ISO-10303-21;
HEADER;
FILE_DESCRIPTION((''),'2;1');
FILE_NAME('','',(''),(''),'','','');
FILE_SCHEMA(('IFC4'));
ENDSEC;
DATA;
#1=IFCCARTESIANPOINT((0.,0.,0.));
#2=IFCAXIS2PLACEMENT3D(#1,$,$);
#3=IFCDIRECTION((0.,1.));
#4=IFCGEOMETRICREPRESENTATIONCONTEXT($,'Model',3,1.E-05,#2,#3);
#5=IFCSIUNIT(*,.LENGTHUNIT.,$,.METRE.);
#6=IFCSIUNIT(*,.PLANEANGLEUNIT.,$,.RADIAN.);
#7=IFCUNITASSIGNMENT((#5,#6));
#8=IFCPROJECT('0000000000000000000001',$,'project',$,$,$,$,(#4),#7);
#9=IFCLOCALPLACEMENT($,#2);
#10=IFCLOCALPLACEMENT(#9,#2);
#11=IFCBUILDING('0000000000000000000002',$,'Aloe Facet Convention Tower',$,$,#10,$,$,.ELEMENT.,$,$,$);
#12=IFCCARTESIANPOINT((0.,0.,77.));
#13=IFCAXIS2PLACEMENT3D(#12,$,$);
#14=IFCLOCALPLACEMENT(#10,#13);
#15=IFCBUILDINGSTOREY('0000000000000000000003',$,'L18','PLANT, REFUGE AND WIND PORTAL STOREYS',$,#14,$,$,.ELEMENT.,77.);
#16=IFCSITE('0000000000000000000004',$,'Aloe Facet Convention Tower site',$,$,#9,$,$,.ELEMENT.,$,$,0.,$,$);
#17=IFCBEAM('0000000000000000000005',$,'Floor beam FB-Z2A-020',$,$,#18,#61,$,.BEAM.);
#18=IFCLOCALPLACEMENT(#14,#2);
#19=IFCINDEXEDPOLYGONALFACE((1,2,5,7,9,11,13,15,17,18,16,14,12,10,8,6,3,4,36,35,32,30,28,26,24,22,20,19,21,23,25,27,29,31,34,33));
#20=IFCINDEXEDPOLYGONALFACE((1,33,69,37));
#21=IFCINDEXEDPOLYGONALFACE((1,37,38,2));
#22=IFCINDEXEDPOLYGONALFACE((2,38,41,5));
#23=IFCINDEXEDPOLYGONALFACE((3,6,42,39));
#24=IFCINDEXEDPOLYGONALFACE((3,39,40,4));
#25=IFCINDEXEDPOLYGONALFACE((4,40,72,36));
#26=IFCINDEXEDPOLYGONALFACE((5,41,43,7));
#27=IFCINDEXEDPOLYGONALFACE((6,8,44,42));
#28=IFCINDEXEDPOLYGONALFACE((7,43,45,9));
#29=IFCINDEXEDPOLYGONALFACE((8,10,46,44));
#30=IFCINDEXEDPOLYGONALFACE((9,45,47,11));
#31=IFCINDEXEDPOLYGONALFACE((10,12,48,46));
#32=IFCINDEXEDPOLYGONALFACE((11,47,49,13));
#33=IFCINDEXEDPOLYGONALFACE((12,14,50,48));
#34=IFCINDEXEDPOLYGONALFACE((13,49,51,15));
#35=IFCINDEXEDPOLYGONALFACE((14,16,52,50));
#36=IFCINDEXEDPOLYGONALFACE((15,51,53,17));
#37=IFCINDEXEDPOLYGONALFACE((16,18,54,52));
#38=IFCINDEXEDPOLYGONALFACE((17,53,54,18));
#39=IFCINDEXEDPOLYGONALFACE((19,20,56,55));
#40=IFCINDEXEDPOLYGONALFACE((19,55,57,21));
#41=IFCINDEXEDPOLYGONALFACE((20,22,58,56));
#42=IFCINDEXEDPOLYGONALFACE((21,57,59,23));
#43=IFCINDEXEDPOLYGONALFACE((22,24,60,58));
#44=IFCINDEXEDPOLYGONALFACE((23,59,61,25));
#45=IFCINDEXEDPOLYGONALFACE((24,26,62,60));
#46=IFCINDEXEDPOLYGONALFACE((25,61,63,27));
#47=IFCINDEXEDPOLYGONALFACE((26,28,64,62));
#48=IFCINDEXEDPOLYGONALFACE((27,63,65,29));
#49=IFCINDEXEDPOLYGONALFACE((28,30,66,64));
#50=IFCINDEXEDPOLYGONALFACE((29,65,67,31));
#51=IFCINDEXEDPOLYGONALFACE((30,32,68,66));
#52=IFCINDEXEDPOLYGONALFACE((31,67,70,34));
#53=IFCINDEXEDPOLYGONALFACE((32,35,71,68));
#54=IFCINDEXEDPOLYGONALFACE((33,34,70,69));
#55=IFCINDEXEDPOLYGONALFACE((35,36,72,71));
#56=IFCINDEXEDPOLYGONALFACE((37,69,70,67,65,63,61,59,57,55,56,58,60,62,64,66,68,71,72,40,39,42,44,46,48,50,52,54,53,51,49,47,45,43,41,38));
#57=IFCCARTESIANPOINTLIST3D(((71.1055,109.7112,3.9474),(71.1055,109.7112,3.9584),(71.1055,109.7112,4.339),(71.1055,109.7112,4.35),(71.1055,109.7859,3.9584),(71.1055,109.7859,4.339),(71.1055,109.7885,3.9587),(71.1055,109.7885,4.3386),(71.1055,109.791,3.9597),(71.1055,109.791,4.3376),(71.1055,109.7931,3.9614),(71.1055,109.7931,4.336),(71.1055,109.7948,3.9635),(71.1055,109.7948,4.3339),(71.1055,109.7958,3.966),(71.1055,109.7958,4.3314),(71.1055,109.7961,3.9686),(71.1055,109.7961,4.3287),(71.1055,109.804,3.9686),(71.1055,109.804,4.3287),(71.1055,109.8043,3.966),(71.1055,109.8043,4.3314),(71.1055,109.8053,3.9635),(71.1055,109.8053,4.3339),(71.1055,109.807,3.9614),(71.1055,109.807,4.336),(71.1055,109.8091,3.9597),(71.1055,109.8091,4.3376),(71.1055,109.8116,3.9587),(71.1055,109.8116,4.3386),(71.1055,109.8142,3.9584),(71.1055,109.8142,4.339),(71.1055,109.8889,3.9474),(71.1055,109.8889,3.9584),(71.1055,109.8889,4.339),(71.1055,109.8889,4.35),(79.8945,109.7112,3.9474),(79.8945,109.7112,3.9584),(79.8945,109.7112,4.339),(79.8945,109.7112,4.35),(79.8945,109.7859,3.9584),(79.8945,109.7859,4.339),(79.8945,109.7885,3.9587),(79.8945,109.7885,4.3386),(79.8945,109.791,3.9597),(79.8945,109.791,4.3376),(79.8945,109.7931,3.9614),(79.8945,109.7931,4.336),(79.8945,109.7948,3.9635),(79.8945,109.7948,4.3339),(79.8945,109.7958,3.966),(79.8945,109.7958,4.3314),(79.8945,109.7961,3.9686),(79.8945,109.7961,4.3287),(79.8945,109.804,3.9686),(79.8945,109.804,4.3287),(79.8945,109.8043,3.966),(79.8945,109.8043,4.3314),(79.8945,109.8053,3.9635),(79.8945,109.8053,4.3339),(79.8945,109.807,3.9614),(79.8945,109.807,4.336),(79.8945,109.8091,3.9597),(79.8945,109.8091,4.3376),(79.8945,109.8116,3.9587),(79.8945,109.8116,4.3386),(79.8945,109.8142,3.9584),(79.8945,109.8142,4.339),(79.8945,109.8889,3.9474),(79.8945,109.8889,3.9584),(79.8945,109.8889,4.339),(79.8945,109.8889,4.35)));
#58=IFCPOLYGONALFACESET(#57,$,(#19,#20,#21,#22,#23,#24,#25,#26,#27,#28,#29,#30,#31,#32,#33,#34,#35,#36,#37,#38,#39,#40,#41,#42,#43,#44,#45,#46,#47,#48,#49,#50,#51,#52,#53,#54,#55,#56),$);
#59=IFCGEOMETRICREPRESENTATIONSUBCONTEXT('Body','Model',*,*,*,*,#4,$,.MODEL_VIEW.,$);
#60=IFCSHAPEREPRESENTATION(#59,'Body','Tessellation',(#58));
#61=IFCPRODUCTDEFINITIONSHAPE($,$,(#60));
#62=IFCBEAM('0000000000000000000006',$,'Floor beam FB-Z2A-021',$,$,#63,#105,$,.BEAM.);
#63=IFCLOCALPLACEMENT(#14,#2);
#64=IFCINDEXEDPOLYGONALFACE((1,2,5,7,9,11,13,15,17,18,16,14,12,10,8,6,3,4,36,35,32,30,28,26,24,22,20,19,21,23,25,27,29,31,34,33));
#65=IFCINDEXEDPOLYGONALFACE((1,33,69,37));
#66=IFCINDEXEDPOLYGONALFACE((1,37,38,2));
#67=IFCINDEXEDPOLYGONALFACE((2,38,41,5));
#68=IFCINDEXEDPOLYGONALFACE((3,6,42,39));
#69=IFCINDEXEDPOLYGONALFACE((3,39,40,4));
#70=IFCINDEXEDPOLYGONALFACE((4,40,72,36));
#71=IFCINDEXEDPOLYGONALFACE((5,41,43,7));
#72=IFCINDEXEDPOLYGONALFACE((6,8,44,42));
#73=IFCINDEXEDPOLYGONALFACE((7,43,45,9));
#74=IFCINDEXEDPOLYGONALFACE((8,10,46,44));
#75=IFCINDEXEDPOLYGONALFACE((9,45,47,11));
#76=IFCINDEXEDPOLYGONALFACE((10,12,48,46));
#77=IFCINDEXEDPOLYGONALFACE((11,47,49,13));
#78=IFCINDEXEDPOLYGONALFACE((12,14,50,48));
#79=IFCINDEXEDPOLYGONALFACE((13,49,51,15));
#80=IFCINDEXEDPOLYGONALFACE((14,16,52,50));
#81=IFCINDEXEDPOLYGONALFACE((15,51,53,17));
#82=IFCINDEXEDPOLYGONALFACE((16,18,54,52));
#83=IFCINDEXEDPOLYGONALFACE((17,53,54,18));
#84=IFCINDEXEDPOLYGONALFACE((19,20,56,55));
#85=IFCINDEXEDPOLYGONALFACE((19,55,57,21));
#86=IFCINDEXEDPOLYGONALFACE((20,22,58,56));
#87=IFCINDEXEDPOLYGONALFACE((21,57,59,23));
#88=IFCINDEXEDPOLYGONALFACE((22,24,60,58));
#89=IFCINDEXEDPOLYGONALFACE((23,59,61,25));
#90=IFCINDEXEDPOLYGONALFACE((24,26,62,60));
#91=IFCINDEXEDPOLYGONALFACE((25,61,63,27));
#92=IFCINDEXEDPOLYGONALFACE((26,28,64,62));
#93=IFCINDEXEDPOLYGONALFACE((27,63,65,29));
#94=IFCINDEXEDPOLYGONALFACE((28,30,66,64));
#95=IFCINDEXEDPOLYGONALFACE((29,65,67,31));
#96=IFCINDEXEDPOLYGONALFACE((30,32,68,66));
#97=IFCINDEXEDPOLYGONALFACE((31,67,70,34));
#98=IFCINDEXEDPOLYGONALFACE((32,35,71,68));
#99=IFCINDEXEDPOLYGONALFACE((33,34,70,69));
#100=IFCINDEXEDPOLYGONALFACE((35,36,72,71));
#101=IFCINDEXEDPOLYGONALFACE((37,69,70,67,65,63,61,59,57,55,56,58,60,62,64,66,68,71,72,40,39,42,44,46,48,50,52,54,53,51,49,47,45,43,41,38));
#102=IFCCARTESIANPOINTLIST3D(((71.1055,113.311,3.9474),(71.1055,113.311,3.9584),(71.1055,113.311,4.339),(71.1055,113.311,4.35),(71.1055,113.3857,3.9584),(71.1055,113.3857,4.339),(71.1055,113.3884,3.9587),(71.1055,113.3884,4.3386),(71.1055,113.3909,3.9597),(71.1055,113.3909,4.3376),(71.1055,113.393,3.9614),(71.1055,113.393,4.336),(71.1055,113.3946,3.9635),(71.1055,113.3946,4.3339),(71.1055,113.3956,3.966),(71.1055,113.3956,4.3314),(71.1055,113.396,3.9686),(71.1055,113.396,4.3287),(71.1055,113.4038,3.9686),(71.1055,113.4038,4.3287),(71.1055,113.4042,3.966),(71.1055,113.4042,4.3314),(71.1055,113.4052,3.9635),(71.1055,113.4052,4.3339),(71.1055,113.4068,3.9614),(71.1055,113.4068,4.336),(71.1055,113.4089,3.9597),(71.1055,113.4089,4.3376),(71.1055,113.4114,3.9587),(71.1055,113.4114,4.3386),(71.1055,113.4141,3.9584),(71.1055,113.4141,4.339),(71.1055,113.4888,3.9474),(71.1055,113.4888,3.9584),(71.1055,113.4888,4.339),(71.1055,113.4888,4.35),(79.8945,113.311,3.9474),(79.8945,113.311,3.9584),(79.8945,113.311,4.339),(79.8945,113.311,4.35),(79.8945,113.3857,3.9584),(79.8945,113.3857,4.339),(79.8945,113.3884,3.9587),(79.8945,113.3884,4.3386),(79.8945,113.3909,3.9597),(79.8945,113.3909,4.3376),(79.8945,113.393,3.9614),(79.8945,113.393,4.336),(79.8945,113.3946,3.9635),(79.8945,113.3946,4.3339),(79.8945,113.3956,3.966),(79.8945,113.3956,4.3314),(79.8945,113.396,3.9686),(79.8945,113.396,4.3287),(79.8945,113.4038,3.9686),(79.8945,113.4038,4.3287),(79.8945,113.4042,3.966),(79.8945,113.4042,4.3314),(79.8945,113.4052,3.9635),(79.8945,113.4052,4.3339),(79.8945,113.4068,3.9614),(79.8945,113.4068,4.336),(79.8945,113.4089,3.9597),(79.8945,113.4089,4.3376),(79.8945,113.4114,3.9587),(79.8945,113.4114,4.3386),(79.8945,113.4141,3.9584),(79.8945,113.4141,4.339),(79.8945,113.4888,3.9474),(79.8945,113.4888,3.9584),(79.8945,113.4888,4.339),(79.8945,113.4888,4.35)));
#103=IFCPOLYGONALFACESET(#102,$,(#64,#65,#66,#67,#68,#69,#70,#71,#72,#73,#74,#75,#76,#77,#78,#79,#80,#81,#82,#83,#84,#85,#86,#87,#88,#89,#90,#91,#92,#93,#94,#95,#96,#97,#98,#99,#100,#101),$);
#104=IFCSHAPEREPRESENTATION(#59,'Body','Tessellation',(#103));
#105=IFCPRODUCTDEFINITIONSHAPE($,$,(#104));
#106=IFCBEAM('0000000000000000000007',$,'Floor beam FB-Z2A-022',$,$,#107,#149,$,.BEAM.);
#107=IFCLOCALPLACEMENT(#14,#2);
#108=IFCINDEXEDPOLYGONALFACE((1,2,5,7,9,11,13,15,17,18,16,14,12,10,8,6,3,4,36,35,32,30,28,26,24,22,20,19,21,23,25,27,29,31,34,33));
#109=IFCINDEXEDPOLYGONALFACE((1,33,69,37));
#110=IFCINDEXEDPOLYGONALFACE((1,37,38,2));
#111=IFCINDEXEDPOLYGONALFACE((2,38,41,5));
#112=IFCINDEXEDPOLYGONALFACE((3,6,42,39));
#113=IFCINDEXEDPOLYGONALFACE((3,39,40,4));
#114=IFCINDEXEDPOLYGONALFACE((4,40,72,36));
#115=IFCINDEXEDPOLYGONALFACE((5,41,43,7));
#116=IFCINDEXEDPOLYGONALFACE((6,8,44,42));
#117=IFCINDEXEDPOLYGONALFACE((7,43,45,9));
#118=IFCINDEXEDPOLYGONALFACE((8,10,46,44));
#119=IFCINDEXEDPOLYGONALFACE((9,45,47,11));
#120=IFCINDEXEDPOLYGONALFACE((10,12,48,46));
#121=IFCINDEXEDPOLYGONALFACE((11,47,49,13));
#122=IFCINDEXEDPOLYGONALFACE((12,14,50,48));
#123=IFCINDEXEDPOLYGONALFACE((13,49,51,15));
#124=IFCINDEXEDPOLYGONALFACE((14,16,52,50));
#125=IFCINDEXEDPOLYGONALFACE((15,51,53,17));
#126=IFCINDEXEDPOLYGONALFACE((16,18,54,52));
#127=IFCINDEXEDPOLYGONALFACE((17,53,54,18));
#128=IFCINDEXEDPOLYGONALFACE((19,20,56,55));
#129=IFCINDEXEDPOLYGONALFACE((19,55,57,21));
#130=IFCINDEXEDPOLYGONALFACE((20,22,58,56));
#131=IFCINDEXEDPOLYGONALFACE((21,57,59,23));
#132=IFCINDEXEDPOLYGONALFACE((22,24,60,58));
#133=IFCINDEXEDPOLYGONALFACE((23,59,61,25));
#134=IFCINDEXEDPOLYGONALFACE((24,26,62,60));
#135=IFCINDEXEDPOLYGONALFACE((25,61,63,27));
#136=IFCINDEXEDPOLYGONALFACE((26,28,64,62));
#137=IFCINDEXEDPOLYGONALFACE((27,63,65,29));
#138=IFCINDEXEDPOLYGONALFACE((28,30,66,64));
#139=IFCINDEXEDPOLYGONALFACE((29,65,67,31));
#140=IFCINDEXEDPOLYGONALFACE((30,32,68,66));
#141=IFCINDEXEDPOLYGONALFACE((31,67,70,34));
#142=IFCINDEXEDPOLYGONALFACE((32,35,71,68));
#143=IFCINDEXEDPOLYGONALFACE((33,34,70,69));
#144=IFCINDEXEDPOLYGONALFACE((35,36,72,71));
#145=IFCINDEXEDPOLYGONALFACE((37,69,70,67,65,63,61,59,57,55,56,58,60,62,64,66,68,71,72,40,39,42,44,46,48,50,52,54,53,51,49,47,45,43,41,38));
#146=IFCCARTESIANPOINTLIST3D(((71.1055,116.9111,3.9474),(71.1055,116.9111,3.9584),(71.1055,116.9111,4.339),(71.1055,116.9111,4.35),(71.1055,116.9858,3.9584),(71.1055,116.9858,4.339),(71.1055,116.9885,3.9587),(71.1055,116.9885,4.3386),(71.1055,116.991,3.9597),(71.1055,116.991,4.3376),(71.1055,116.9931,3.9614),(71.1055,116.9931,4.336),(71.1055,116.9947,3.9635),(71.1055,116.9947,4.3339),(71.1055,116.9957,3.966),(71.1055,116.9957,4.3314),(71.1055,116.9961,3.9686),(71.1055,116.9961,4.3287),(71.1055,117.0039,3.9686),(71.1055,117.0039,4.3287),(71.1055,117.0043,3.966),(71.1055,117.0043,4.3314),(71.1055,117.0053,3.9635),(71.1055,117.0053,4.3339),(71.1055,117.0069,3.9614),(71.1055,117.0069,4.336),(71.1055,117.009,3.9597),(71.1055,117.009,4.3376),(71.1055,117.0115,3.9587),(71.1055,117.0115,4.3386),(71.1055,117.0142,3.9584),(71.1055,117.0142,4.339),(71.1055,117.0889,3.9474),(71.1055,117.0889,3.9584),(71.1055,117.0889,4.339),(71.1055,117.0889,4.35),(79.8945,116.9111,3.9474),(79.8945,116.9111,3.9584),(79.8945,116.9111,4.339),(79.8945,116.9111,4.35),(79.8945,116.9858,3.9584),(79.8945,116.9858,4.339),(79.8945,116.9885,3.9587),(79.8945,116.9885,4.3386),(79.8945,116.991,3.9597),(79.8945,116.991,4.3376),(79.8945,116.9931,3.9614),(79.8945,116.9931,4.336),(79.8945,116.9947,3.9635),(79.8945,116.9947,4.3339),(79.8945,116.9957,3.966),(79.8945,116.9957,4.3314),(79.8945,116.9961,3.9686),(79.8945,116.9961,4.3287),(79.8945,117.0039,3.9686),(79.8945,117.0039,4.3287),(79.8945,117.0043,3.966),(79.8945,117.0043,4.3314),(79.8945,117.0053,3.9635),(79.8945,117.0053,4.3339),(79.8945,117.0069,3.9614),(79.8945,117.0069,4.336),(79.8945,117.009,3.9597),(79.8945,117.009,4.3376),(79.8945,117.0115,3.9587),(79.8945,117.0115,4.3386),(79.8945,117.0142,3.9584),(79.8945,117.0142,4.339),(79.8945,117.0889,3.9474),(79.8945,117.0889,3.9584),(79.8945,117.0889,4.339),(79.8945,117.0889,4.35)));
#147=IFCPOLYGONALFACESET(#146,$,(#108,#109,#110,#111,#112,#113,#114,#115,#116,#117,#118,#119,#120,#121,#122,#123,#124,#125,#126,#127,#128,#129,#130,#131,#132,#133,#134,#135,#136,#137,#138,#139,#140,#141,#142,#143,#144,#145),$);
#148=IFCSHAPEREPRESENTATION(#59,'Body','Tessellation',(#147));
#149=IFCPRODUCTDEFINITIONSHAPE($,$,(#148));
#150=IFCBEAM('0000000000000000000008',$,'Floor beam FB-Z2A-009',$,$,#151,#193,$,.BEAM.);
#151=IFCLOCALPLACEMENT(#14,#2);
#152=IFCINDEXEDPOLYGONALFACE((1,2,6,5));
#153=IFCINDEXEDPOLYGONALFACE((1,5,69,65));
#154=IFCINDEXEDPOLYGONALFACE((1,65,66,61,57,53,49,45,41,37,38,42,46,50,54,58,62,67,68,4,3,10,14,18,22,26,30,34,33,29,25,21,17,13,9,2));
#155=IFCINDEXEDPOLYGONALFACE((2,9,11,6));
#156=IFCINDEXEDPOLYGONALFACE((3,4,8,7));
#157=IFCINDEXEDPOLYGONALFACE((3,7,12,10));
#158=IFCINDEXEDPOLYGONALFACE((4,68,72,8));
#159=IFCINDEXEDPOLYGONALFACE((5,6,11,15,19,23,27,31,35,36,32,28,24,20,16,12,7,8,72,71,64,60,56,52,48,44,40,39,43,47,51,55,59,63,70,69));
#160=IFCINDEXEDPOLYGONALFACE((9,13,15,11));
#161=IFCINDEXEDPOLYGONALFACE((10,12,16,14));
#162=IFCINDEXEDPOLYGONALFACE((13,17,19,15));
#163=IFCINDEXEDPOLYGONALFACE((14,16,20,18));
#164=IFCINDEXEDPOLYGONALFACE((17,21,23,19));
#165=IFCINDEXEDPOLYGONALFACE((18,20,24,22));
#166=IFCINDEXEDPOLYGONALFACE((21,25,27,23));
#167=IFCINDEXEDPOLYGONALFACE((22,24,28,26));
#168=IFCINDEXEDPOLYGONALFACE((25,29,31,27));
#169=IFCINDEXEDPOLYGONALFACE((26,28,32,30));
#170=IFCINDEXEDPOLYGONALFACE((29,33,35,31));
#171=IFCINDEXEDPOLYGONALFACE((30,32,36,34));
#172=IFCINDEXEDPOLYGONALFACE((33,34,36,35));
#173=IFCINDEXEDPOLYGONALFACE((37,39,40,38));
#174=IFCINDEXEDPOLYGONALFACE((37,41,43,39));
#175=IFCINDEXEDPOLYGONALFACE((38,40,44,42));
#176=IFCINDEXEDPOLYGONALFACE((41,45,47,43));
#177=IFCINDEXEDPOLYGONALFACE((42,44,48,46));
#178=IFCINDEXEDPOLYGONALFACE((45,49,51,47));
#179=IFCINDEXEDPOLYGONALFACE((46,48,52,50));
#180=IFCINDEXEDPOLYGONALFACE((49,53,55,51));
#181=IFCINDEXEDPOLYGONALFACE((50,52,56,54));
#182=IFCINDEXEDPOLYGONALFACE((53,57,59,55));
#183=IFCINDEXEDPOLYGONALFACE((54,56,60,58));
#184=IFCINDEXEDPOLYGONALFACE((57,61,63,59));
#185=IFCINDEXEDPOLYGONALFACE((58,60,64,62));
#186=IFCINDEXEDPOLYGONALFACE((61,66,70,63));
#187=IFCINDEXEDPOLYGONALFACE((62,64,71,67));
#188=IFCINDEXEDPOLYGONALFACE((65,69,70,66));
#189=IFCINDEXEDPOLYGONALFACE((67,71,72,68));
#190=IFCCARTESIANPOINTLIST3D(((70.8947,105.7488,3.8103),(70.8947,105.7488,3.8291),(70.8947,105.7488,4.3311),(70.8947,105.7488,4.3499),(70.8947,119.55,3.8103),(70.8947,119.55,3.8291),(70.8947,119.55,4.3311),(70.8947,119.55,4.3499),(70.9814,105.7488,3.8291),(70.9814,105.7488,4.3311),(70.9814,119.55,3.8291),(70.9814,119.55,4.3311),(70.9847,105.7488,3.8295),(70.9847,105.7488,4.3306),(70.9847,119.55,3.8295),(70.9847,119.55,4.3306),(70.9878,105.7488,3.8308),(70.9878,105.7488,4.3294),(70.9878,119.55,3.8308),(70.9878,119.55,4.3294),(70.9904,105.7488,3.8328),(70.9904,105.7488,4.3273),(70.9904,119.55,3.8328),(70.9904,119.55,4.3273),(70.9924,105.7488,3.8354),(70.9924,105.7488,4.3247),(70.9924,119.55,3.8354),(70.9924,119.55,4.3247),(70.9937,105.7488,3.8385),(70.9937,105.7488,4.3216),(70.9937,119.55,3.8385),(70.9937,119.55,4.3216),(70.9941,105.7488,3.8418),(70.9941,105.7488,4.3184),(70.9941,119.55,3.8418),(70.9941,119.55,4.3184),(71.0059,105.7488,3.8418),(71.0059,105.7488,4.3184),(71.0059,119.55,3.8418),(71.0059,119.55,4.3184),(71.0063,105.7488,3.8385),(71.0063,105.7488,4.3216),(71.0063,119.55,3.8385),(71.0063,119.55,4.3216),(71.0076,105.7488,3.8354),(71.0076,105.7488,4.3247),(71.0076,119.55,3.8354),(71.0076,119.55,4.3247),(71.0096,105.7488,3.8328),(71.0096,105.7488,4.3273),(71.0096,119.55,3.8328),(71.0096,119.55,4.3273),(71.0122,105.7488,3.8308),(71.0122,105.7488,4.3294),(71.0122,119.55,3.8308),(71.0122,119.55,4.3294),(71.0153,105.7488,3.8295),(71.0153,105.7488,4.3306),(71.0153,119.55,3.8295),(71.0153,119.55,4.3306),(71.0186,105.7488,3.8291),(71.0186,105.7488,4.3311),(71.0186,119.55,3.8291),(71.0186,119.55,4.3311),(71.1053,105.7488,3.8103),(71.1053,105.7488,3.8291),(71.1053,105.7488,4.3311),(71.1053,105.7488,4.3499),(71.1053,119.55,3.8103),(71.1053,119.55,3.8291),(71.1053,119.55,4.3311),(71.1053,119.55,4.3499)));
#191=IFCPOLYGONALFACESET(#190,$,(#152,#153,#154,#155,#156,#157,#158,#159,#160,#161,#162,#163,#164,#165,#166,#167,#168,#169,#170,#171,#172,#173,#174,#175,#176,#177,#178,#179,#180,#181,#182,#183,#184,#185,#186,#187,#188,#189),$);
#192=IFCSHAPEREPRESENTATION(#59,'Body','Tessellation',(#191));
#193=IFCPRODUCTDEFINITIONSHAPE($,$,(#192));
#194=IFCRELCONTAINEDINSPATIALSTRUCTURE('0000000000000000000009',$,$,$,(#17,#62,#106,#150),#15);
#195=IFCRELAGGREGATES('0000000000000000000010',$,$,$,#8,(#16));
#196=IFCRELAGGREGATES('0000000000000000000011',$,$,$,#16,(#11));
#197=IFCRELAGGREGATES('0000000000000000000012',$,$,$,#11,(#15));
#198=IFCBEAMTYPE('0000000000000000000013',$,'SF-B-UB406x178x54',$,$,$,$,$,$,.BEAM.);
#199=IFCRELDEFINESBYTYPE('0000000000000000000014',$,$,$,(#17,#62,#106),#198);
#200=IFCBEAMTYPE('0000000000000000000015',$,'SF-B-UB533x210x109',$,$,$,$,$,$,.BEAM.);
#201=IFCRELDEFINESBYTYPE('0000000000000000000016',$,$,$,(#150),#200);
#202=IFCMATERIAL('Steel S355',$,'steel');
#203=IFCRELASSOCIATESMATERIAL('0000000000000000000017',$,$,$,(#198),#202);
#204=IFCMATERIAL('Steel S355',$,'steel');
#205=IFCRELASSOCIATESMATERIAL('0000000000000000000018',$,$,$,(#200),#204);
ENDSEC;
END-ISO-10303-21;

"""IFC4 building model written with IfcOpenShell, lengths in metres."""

from ifc_helpers import new_model, si_unit, direction, frame, origin, origin_2d, place, context, subcontext, project, spatial, i_section, extrude, material, material_profile, profile_set, type_object, element, save


model = new_model("IFC4")

# Units and contexts
model_context = context("Model", 3, precision=1e-05, world=origin(), true_north=direction((0.0, 1.0)))
body_context = subcontext(model_context, "Body", "Model", "MODEL_VIEW")
ifc_project = project(units=[si_unit("LENGTHUNIT", "METRE"), si_unit("PLANEANGLEUNIT", "RADIAN")], contexts=[model_context])

# Site, building, storey
site_placement = place(None, origin())
site = spatial("IfcSite", under=ifc_project, at=site_placement, Name="Aloe Facet Convention Tower site", CompositionType="ELEMENT", RefElevation=0.0)
building_placement = place(site_placement, origin())
building = spatial("IfcBuilding", under=site, at=building_placement, Name="Aloe Facet Convention Tower", CompositionType="ELEMENT")
storey_placement = place(building_placement, frame((0.0, 0.0, 77.0)))
storey = spatial("IfcBuildingStorey", under=building, at=storey_placement, Name="L18", Description="PLANT, REFUGE AND WIND PORTAL STOREYS", CompositionType="ELEMENT", Elevation=77.0)

# Beams
ifc_material_1 = material(Name="Steel S355", Category="steel")
ifc_material_profile_1 = material_profile(ifc_material_1, i_section(OverallWidth=0.1777, OverallDepth=0.4026, WebThickness=0.0078, FlangeThickness=0.011, FilletRadius=0.0103, at=origin_2d()), Name="UB 406x178x54")
ifc_profile_set_1 = profile_set([ifc_material_profile_1], Name="Steel S355")
beam_type_1 = type_object("IfcBeamType", Name="SF-B-UB406x178x54", PredefinedType="BEAM", material=ifc_profile_set_1)
for number, where, z_axis, x_axis, name in (
    (1, (71.1055, 109.8, 4.1487), (1.0, 0.0, 0.0), (0.0, 1.0, 0.0), "Floor beam FB-Z2A-020"),
    (2, (71.1055, 113.3999, 4.1487), (1.0, 0.0, 0.0), (0.0, 1.0, 0.0), "Floor beam FB-Z2A-021"),
    (3, (71.1055, 117.0, 4.1487), (1.0, 0.0, 0.0), (0.0, 1.0, 0.0), "Floor beam FB-Z2A-022"),
):
    element("IfcBeam", number, at=place(storey_placement, frame(where, z_axis=z_axis, x_axis=x_axis)), inside=storey, type_object=beam_type_1, Name=name, PredefinedType="BEAM", context=body_context, shape_type="SweptSolid", body=[
        extrude(i_section(OverallWidth=0.1777, OverallDepth=0.4026, WebThickness=0.0078, FlangeThickness=0.011, FilletRadius=0.0103, at=origin_2d()), origin(), (0.0, 0.0, 1.0), 8.7891),
    ])
ifc_material_2 = material(Name="Steel S355", Category="steel")
ifc_material_profile_2 = material_profile(ifc_material_2, i_section(OverallWidth=0.2107, OverallDepth=0.5396, WebThickness=0.0117, FlangeThickness=0.0188, FilletRadius=0.0127, at=origin_2d()), Name="UB 533x210x109")
ifc_profile_set_2 = profile_set([ifc_material_profile_2], Name="Steel S355")
beam_type_2 = type_object("IfcBeamType", Name="SF-B-UB533x210x109", PredefinedType="BEAM", material=ifc_profile_set_2)
beam_1_placement = place(storey_placement, frame((71.0, 119.55, 4.0801), z_axis=(0.0, -1.0, 0.0), x_axis=(1.0, 0.0, 0.0)))
element("IfcBeam", 4, at=beam_1_placement, inside=storey, type_object=beam_type_2, Name="Floor beam FB-Z2A-009", PredefinedType="BEAM", context=body_context, shape_type="SweptSolid", body=[
    extrude(i_section(OverallWidth=0.2107, OverallDepth=0.5396, WebThickness=0.0117, FlangeThickness=0.0188, FilletRadius=0.0127, at=origin_2d()), origin(), (0.0, 0.0, 1.0), 13.8013),
])

save(model, "model.ifc")
